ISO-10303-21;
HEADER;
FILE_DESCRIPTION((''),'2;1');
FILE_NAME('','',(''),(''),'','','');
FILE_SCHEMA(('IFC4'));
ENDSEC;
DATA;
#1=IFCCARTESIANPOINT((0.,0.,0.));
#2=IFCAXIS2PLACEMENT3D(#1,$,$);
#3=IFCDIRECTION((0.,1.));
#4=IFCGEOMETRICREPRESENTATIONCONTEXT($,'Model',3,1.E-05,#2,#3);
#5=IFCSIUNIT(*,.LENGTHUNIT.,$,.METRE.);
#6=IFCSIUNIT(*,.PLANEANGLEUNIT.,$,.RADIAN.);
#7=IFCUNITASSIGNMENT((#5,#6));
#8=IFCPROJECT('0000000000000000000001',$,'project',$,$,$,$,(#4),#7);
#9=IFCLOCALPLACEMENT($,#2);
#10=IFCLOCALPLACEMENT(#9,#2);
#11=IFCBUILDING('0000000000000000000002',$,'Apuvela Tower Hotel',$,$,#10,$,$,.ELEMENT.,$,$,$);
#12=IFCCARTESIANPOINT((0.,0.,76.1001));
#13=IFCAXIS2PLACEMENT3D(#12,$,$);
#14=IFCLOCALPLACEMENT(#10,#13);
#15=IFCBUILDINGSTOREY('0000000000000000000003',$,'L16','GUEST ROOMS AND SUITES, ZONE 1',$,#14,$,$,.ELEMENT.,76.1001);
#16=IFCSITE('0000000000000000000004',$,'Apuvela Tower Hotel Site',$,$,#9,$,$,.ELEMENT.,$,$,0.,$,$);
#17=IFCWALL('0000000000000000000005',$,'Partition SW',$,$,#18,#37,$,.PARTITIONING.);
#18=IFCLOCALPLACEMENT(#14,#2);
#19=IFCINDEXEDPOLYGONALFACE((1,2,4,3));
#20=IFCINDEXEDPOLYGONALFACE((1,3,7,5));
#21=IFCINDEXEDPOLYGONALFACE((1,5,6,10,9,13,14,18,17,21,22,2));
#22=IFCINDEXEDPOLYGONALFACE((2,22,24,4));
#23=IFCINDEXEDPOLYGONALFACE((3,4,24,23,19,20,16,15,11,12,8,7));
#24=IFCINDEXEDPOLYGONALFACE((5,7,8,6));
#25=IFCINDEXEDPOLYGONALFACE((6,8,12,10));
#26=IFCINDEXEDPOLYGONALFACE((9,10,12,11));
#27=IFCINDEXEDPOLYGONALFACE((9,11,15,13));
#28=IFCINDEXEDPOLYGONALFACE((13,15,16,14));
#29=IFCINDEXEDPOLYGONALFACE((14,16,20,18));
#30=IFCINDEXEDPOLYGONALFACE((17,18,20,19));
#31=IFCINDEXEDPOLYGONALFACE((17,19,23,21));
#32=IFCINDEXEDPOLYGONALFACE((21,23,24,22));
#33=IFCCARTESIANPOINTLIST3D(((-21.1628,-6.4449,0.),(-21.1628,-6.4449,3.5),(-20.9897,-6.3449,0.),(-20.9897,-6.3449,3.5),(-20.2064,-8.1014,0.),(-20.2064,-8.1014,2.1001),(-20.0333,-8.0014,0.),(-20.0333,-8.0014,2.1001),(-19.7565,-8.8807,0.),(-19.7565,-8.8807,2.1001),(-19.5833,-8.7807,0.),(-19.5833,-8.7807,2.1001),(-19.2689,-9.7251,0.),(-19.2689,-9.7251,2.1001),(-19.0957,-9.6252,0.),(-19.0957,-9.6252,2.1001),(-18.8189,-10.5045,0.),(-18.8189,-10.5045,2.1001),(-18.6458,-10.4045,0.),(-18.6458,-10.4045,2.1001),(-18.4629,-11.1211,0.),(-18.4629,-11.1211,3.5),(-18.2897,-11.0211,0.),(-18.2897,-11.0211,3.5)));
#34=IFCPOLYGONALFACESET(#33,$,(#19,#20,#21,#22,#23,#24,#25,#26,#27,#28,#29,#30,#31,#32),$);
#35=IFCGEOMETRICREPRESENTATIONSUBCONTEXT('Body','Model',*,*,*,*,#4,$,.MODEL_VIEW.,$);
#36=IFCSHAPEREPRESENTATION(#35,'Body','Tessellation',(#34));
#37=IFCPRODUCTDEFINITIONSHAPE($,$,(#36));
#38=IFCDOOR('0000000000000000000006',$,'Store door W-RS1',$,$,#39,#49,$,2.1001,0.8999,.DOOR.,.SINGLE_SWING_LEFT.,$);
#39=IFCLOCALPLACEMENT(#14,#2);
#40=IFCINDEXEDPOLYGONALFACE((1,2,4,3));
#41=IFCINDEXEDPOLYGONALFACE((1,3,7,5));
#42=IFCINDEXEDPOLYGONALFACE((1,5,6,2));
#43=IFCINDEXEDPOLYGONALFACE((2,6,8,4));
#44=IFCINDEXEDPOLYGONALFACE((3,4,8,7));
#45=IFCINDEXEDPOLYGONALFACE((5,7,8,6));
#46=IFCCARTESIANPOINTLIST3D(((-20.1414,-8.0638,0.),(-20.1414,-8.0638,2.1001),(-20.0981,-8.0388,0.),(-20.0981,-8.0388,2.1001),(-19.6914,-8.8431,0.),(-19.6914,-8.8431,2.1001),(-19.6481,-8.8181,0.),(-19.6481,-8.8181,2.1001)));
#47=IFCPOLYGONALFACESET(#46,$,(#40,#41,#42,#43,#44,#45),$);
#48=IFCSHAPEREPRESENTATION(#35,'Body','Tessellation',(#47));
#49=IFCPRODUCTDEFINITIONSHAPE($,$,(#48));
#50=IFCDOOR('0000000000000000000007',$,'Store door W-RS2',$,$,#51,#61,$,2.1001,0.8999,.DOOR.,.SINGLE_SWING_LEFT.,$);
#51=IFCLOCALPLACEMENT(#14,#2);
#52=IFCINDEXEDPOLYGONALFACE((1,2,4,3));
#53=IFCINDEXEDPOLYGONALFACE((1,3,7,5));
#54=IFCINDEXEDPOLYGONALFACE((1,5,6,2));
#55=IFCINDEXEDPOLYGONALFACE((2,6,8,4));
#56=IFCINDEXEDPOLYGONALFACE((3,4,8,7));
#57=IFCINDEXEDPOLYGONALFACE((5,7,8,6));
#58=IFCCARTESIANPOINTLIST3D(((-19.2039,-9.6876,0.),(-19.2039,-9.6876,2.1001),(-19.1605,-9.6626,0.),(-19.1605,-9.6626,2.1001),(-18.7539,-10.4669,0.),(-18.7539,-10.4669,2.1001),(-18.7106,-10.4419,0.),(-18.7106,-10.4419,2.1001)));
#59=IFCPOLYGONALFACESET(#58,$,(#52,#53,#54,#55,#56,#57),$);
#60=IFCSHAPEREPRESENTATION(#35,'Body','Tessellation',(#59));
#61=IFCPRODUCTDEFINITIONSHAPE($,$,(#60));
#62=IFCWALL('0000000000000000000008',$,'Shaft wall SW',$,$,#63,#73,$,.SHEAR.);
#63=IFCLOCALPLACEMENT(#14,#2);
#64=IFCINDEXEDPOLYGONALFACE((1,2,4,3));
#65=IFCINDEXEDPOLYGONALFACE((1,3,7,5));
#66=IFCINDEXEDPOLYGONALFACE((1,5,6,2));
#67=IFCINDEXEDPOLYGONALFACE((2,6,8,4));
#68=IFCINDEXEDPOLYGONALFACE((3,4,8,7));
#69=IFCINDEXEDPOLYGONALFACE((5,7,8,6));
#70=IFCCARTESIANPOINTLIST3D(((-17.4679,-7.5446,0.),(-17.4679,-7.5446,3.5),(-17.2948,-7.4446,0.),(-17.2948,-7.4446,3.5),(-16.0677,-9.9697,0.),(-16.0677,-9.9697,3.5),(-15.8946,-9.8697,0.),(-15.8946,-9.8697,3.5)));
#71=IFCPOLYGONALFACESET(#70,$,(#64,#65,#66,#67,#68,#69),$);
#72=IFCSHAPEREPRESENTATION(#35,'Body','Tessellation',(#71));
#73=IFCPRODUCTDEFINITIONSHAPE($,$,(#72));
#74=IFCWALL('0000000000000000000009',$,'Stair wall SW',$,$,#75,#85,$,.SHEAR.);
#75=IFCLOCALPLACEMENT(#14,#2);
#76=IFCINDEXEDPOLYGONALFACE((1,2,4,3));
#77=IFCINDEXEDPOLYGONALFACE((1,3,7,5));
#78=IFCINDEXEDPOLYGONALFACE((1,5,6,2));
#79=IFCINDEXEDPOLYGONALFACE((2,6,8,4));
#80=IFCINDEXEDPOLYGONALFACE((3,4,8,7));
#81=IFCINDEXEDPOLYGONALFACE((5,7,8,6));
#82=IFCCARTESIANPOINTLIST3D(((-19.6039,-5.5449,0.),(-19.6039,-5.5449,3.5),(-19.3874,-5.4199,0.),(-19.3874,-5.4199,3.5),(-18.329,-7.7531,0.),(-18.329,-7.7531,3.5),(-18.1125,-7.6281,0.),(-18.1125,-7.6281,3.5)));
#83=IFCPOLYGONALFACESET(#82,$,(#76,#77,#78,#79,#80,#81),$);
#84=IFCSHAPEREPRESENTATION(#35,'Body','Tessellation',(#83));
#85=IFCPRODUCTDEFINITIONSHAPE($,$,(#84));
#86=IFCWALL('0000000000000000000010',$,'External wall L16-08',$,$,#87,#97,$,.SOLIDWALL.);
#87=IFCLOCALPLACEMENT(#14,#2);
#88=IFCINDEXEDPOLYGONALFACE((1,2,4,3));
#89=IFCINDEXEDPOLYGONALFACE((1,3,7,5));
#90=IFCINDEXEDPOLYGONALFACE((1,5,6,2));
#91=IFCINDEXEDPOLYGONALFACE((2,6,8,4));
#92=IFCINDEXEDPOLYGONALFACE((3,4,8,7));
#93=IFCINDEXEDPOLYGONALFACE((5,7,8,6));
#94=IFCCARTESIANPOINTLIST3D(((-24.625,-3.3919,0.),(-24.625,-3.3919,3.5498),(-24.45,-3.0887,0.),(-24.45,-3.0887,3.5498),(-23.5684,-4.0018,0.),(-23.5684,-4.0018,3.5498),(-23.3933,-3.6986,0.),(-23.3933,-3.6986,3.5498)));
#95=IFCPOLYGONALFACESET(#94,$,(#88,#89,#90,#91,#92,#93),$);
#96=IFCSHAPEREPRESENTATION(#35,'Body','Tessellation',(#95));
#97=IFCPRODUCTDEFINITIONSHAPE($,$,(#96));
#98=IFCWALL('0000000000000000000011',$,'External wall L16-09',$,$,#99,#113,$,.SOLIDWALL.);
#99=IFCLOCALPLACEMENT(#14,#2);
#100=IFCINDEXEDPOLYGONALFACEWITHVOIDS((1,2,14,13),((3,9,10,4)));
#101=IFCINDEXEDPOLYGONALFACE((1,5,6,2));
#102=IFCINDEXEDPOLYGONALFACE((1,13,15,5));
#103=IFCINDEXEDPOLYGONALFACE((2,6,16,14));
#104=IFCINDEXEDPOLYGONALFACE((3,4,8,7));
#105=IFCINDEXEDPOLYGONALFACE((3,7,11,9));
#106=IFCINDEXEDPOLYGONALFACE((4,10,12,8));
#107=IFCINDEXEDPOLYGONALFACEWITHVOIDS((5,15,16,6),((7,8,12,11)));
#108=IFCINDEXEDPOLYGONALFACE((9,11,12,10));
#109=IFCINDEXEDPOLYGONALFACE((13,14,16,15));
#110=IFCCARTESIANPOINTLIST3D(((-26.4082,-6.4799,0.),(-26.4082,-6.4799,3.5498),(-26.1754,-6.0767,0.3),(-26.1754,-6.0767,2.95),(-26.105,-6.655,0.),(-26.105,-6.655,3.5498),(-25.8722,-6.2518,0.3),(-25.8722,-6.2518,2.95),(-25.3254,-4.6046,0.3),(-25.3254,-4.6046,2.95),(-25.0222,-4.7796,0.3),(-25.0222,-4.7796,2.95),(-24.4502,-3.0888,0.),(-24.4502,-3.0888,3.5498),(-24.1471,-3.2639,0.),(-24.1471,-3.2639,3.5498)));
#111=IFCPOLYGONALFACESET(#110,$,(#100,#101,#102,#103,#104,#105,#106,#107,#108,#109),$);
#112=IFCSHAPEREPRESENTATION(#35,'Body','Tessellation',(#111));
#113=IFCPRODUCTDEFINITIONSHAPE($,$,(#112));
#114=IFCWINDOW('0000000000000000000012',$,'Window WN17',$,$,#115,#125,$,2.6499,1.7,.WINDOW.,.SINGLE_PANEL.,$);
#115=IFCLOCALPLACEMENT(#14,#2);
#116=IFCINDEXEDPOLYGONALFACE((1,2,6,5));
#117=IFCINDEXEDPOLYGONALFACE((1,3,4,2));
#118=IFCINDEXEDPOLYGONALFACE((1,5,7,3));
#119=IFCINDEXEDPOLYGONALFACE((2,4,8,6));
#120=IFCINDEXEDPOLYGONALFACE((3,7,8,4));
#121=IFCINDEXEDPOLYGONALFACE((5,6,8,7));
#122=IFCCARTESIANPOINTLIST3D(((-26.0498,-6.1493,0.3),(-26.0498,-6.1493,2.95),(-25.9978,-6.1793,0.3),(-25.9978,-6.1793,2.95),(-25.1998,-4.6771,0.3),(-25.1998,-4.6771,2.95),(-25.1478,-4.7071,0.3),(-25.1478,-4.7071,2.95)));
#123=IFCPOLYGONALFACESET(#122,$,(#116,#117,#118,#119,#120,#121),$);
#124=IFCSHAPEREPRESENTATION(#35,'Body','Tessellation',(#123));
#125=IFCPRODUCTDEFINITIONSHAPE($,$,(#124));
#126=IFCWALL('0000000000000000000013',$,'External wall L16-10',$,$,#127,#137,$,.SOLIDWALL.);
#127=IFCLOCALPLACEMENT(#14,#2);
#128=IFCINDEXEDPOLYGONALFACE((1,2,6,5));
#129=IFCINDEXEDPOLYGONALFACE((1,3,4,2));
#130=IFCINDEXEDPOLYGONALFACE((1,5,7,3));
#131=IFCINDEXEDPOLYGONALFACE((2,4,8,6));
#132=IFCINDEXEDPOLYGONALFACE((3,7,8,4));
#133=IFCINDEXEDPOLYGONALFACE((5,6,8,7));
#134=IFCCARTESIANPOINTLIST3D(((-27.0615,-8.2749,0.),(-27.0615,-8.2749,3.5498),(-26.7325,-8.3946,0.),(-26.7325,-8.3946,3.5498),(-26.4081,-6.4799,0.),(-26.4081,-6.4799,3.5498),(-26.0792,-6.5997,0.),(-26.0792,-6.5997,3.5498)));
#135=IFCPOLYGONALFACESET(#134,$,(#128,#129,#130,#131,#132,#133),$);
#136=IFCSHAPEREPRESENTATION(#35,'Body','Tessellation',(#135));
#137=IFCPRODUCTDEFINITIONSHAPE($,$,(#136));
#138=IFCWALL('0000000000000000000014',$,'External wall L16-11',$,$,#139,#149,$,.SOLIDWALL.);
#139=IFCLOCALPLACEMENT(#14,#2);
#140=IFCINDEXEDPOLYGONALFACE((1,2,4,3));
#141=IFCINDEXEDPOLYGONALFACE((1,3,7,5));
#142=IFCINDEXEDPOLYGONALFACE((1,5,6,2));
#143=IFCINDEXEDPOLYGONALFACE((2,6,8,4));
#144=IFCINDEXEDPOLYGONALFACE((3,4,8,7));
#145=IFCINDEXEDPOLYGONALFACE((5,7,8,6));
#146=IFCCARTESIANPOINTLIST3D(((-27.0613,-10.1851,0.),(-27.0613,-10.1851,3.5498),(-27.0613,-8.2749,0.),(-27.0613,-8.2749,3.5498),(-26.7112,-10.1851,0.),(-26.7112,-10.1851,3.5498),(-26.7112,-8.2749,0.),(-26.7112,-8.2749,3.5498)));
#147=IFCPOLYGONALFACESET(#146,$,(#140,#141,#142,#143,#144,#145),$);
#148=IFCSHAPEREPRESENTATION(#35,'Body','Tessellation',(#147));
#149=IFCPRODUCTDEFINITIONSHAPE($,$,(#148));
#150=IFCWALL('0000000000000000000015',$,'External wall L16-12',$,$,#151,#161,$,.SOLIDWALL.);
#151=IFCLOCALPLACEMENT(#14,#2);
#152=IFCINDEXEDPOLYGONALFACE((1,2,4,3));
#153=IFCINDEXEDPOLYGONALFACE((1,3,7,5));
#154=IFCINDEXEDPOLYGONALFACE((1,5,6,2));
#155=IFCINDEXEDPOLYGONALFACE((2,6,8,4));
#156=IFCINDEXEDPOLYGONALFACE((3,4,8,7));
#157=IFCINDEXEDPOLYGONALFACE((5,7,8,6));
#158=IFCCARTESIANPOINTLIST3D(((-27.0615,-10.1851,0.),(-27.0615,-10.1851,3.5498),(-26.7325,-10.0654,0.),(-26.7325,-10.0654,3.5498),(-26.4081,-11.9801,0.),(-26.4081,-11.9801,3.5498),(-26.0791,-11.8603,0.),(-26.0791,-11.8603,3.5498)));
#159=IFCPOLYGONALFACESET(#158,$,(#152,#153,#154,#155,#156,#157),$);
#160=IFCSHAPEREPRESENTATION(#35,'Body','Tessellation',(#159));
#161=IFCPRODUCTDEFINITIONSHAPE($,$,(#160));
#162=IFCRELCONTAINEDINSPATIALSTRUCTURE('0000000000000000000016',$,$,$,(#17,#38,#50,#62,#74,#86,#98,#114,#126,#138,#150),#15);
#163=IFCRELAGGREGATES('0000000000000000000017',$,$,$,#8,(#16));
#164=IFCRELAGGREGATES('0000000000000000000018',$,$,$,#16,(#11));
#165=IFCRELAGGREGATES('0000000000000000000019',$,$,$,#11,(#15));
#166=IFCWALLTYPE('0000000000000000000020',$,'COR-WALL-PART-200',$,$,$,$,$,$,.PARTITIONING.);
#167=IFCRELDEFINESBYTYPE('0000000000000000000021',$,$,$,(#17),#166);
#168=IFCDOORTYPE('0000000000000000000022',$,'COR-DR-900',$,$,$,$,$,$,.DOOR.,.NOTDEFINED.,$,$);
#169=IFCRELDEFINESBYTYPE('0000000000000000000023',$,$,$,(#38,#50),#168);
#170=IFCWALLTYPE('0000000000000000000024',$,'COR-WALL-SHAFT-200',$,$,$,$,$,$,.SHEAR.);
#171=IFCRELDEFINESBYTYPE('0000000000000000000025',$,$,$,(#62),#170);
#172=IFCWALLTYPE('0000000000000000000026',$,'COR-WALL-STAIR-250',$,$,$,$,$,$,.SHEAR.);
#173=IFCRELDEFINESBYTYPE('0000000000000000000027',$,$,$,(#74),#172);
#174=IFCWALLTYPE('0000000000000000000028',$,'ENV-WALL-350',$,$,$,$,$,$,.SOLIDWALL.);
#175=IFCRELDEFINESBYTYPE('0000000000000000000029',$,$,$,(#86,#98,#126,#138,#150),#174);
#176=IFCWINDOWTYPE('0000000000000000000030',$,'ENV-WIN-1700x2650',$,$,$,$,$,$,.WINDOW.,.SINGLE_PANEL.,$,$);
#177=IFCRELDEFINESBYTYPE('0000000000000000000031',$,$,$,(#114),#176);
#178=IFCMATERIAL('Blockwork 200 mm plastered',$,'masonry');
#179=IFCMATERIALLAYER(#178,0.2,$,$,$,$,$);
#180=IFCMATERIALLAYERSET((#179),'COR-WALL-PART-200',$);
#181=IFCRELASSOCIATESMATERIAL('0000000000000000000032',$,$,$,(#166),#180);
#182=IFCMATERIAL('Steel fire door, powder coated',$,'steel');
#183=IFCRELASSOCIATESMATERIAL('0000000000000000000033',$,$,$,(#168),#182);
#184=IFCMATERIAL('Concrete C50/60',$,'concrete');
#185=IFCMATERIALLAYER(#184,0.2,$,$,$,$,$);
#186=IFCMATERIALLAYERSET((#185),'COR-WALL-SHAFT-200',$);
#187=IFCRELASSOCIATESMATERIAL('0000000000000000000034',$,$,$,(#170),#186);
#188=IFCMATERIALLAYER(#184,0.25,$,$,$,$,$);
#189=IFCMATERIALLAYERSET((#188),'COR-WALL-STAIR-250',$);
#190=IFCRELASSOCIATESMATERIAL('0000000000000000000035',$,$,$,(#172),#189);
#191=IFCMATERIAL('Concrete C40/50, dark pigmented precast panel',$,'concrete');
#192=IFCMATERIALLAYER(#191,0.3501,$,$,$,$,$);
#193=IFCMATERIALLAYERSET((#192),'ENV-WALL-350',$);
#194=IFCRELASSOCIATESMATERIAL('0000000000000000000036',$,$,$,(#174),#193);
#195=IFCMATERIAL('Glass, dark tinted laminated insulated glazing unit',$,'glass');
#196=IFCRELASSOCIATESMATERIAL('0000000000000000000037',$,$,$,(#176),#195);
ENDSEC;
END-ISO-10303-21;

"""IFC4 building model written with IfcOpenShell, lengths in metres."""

from ifc_helpers import new_model, si_unit, direction, frame, frame_2d, origin, place, context, subcontext, project, spatial, rectangle, extrude, material, layer, layer_set, type_object, element, fill, save


model = new_model("IFC4")

# Units and contexts
model_context = context("Model", 3, precision=1e-05, world=origin(), true_north=direction((0.0, 1.0)))
body_context = subcontext(model_context, "Body", "Model", "MODEL_VIEW")
ifc_project = project(units=[si_unit("LENGTHUNIT", "METRE"), si_unit("PLANEANGLEUNIT", "RADIAN")], contexts=[model_context])

# Site, building, storey
site_placement = place(None, origin())
site = spatial("IfcSite", under=ifc_project, at=site_placement, Name="Apuvela Tower Hotel Site", CompositionType="ELEMENT", RefElevation=0.0)
building_placement = place(site_placement, origin())
building = spatial("IfcBuilding", under=site, at=building_placement, Name="Apuvela Tower Hotel", CompositionType="ELEMENT")
storey_placement = place(building_placement, frame((0.0, 0.0, 76.1001)))
storey = spatial("IfcBuildingStorey", under=building, at=storey_placement, Name="L16", Description="GUEST ROOMS AND SUITES, ZONE 1", CompositionType="ELEMENT", Elevation=76.1001)

# Wall, openings, doors
ifc_material_1 = material(Name="Blockwork 200 mm plastered", Category="masonry")
ifc_layer_1 = layer(ifc_material_1, 0.2)
ifc_layer_set_1 = layer_set([ifc_layer_1], Name="COR-WALL-PART-200")
wall_type_1 = type_object("IfcWallType", Name="COR-WALL-PART-200", PredefinedType="PARTITIONING", material=ifc_layer_set_1)
wall_1_placement = place(storey_placement, frame((-21.0762, -6.395, 0.0), z_axis=(0.0, 0.0, 1.0), x_axis=(0.500015, -0.866017, 0.0)))
wall_1 = element("IfcWall", 1, at=wall_1_placement, inside=storey, type_object=wall_type_1, Name="Partition SW", PredefinedType="PARTITIONING", context=body_context, shape_type="SweptSolid", body=[
    extrude(rectangle(XDim=5.3997, YDim=0.2, at=frame_2d((2.6997, 0.0))), origin(), (0.0, 0.0, 1.0), 3.5),
])
opening_1_placement = place(wall_1_placement, frame((1.9126, 0.0, 0.0)))
opening_1 = element("IfcOpeningElement", 2, at=opening_1_placement, cuts=wall_1, PredefinedType="OPENING", context=body_context, shape_type="SweptSolid", body=[
    extrude(rectangle(XDim=0.8999, YDim=2.1001, at=frame_2d((0.45, 1.05))), frame((0.0, 0.1099, 0.0), z_axis=(0.0, -1.0, 0.0), x_axis=(1.0, 0.0, 0.0)), (0.0, 0.0, 1.0), 0.22),
])
opening_2_placement = place(wall_1_placement, frame((3.7876, 0.0, 0.0)))
opening_2 = element("IfcOpeningElement", 3, at=opening_2_placement, cuts=wall_1, PredefinedType="OPENING", context=body_context, shape_type="SweptSolid", body=[
    extrude(rectangle(XDim=0.8999, YDim=2.1001, at=frame_2d((0.45, 1.05))), frame((0.0, 0.1099, 0.0), z_axis=(0.0, -1.0, 0.0), x_axis=(1.0, 0.0, 0.0)), (0.0, 0.0, 1.0), 0.22),
])
ifc_material_2 = material(Name="Steel fire door, powder coated", Category="steel")
door_type_1 = type_object("IfcDoorType", Name="COR-DR-900", OperationType="NOTDEFINED", PredefinedType="DOOR", material=ifc_material_2)
door_1_placement = place(opening_1_placement, frame((0.8999, 0.0, 0.0), z_axis=(0.0, 0.0, 1.0), x_axis=(-1.0, 0.0, 0.0)))
door_1 = element("IfcDoor", 4, at=door_1_placement, inside=storey, type_object=door_type_1, Name="Store door W-RS1", OperationType="SINGLE_SWING_LEFT", OverallHeight=2.1001, OverallWidth=0.8999, PredefinedType="DOOR", context=body_context, shape_type="SweptSolid", body=[
    extrude(rectangle(XDim=0.8999, YDim=2.1001, at=frame_2d((0.45, 1.05))), frame((0.0, 0.0249, 0.0), z_axis=(0.0, -1.0, 0.0), x_axis=(1.0, 0.0, 0.0)), (0.0, 0.0, 1.0), 0.05),
])
fill(opening_1, door_1)
door_2_placement = place(opening_2_placement, frame((0.8999, 0.0, 0.0), z_axis=(0.0, 0.0, 1.0), x_axis=(-1.0, 0.0, 0.0)))
door_2 = element("IfcDoor", 5, at=door_2_placement, inside=storey, type_object=door_type_1, Name="Store door W-RS2", OperationType="SINGLE_SWING_LEFT", OverallHeight=2.1001, OverallWidth=0.8999, PredefinedType="DOOR", context=body_context, shape_type="SweptSolid", body=[
    extrude(rectangle(XDim=0.8999, YDim=2.1001, at=frame_2d((0.45, 1.05))), frame((0.0, 0.0249, 0.0), z_axis=(0.0, -1.0, 0.0), x_axis=(1.0, 0.0, 0.0)), (0.0, 0.0, 1.0), 0.05),
])
fill(opening_2, door_2)

# Walls
ifc_material_3 = material(Name="Concrete C50/60", Category="concrete")
ifc_layer_2 = layer(ifc_material_3, 0.2)
ifc_layer_set_2 = layer_set([ifc_layer_2], Name="COR-WALL-SHAFT-200")
wall_type_2 = type_object("IfcWallType", Name="COR-WALL-SHAFT-200", PredefinedType="SHEAR", material=ifc_layer_set_2)
wall_2_placement = place(storey_placement, frame((-17.3813, -7.4946, 0.0), z_axis=(0.0, 0.0, 1.0), x_axis=(0.500012, -0.866019, 0.0)))
element("IfcWall", 6, at=wall_2_placement, inside=storey, type_object=wall_type_2, Name="Shaft wall SW", PredefinedType="SHEAR", context=body_context, shape_type="SweptSolid", body=[
    extrude(rectangle(XDim=2.8003, YDim=0.2, at=frame_2d((1.4001, 0.0))), origin(), (0.0, 0.0, 1.0), 3.5),
])
ifc_layer_3 = layer(ifc_material_3, 0.25)
ifc_layer_set_3 = layer_set([ifc_layer_3], Name="COR-WALL-STAIR-250")
wall_type_3 = type_object("IfcWallType", Name="COR-WALL-STAIR-250", PredefinedType="SHEAR", material=ifc_layer_set_3)
wall_3_placement = place(storey_placement, frame((-19.4956, -5.4824, 0.0), z_axis=(0.0, 0.0, 1.0), x_axis=(0.49999, -0.866031, 0.0)))
element("IfcWall", 7, at=wall_3_placement, inside=storey, type_object=wall_type_3, Name="Stair wall SW", PredefinedType="SHEAR", context=body_context, shape_type="SweptSolid", body=[
    extrude(rectangle(XDim=2.5498, YDim=0.25, at=frame_2d((1.2749, 0.0))), origin(), (0.0, 0.0, 1.0), 3.5),
])
ifc_material_4 = material(Name="Concrete C40/50, dark pigmented precast panel", Category="concrete")
ifc_layer_4 = layer(ifc_material_4, 0.3501)
ifc_layer_set_4 = layer_set([ifc_layer_4], Name="ENV-WALL-350")
wall_type_4 = type_object("IfcWallType", Name="ENV-WALL-350", PredefinedType="SOLIDWALL", material=ifc_layer_set_4)
wall_4_placement = place(storey_placement, frame((-23.481, -3.8501, 0.0), z_axis=(0.0, 0.0, 1.0), x_axis=(-0.866092, 0.499884, 0.0)))
element("IfcWall", 8, at=wall_4_placement, inside=storey, type_object=wall_type_4, Name="External wall L16-08", PredefinedType="SOLIDWALL", context=body_context, shape_type="SweptSolid", body=[
    extrude(rectangle(XDim=1.22, YDim=0.3501, at=frame_2d((0.6099, 0.0))), origin(), (0.0, 0.0, 1.0), 3.5498),
])

# Wall, opening, window
wall_5_placement = place(storey_placement, frame((-24.2986, -3.1763, 0.0), z_axis=(0.0, 0.0, 1.0), x_axis=(-0.500028, -0.866009, 0.0)))
wall_5 = element("IfcWall", 9, at=wall_5_placement, inside=storey, type_object=wall_type_4, Name="External wall L16-09", PredefinedType="SOLIDWALL", context=body_context, shape_type="SweptSolid", body=[
    extrude(rectangle(XDim=3.9158, YDim=0.3501, at=frame_2d((1.958, 0.0))), origin(), (0.0, 0.0, 1.0), 3.5498),
])
opening_3_placement = place(wall_5_placement, frame((1.7502, 0.0, 0.3)))
opening_3 = element("IfcOpeningElement", 10, at=opening_3_placement, cuts=wall_5, PredefinedType="OPENING", context=body_context, shape_type="SweptSolid", body=[
    extrude(rectangle(XDim=1.7, YDim=2.6499, at=frame_2d((0.8501, 1.325))), frame((0.0, 0.1851, 0.0), z_axis=(0.0, -1.0, 0.0), x_axis=(1.0, 0.0, 0.0)), (0.0, 0.0, 1.0), 0.3701),
])
ifc_material_5 = material(Name="Glass, dark tinted laminated insulated glazing unit", Category="glass")
window_type = type_object("IfcWindowType", Name="ENV-WIN-1700x2650", PartitioningType="SINGLE_PANEL", PredefinedType="WINDOW", material=ifc_material_5)
window_placement = place(opening_3_placement, origin())
window = element("IfcWindow", 11, at=window_placement, inside=storey, type_object=window_type, Name="Window WN17", OverallHeight=2.6499, OverallWidth=1.7, PartitioningType="SINGLE_PANEL", PredefinedType="WINDOW", context=body_context, shape_type="SweptSolid", body=[
    extrude(rectangle(XDim=1.7, YDim=2.6499, at=frame_2d((0.8501, 1.325))), frame((0.0, 0.03, 0.0), z_axis=(0.0, -1.0, 0.0), x_axis=(1.0, 0.0, 0.0)), (0.0, 0.0, 1.0), 0.0601),
])
fill(opening_3, window)

# Walls
for number, where, z_axis, x_axis, name in (
    (12, (-26.2437, -6.5398, 0.0), (0.0, 0.0, 1.0), (-0.34203, -0.939689, 0.0), "External wall L16-10"),
    (13, (-26.8862, -8.2749, 0.0), (0.0, 0.0, 1.0), (0.0, -1.0, 0.0), "External wall L16-11"),
    (14, (-26.897, -10.1252, 0.0), (0.0, 0.0, 1.0), (0.34203, -0.939689, 0.0), "External wall L16-12"),
):
    element("IfcWall", number, at=place(storey_placement, frame(where, z_axis=z_axis, x_axis=x_axis)), inside=storey, type_object=wall_type_4, Name=name, PredefinedType="SOLIDWALL", context=body_context, shape_type="SweptSolid", body=[
        extrude(rectangle(XDim=1.9102, YDim=0.3501, at=frame_2d((0.9551, 0.0))), origin(), (0.0, 0.0, 1.0), 3.5498),
    ])

save(model, "model.ifc")
